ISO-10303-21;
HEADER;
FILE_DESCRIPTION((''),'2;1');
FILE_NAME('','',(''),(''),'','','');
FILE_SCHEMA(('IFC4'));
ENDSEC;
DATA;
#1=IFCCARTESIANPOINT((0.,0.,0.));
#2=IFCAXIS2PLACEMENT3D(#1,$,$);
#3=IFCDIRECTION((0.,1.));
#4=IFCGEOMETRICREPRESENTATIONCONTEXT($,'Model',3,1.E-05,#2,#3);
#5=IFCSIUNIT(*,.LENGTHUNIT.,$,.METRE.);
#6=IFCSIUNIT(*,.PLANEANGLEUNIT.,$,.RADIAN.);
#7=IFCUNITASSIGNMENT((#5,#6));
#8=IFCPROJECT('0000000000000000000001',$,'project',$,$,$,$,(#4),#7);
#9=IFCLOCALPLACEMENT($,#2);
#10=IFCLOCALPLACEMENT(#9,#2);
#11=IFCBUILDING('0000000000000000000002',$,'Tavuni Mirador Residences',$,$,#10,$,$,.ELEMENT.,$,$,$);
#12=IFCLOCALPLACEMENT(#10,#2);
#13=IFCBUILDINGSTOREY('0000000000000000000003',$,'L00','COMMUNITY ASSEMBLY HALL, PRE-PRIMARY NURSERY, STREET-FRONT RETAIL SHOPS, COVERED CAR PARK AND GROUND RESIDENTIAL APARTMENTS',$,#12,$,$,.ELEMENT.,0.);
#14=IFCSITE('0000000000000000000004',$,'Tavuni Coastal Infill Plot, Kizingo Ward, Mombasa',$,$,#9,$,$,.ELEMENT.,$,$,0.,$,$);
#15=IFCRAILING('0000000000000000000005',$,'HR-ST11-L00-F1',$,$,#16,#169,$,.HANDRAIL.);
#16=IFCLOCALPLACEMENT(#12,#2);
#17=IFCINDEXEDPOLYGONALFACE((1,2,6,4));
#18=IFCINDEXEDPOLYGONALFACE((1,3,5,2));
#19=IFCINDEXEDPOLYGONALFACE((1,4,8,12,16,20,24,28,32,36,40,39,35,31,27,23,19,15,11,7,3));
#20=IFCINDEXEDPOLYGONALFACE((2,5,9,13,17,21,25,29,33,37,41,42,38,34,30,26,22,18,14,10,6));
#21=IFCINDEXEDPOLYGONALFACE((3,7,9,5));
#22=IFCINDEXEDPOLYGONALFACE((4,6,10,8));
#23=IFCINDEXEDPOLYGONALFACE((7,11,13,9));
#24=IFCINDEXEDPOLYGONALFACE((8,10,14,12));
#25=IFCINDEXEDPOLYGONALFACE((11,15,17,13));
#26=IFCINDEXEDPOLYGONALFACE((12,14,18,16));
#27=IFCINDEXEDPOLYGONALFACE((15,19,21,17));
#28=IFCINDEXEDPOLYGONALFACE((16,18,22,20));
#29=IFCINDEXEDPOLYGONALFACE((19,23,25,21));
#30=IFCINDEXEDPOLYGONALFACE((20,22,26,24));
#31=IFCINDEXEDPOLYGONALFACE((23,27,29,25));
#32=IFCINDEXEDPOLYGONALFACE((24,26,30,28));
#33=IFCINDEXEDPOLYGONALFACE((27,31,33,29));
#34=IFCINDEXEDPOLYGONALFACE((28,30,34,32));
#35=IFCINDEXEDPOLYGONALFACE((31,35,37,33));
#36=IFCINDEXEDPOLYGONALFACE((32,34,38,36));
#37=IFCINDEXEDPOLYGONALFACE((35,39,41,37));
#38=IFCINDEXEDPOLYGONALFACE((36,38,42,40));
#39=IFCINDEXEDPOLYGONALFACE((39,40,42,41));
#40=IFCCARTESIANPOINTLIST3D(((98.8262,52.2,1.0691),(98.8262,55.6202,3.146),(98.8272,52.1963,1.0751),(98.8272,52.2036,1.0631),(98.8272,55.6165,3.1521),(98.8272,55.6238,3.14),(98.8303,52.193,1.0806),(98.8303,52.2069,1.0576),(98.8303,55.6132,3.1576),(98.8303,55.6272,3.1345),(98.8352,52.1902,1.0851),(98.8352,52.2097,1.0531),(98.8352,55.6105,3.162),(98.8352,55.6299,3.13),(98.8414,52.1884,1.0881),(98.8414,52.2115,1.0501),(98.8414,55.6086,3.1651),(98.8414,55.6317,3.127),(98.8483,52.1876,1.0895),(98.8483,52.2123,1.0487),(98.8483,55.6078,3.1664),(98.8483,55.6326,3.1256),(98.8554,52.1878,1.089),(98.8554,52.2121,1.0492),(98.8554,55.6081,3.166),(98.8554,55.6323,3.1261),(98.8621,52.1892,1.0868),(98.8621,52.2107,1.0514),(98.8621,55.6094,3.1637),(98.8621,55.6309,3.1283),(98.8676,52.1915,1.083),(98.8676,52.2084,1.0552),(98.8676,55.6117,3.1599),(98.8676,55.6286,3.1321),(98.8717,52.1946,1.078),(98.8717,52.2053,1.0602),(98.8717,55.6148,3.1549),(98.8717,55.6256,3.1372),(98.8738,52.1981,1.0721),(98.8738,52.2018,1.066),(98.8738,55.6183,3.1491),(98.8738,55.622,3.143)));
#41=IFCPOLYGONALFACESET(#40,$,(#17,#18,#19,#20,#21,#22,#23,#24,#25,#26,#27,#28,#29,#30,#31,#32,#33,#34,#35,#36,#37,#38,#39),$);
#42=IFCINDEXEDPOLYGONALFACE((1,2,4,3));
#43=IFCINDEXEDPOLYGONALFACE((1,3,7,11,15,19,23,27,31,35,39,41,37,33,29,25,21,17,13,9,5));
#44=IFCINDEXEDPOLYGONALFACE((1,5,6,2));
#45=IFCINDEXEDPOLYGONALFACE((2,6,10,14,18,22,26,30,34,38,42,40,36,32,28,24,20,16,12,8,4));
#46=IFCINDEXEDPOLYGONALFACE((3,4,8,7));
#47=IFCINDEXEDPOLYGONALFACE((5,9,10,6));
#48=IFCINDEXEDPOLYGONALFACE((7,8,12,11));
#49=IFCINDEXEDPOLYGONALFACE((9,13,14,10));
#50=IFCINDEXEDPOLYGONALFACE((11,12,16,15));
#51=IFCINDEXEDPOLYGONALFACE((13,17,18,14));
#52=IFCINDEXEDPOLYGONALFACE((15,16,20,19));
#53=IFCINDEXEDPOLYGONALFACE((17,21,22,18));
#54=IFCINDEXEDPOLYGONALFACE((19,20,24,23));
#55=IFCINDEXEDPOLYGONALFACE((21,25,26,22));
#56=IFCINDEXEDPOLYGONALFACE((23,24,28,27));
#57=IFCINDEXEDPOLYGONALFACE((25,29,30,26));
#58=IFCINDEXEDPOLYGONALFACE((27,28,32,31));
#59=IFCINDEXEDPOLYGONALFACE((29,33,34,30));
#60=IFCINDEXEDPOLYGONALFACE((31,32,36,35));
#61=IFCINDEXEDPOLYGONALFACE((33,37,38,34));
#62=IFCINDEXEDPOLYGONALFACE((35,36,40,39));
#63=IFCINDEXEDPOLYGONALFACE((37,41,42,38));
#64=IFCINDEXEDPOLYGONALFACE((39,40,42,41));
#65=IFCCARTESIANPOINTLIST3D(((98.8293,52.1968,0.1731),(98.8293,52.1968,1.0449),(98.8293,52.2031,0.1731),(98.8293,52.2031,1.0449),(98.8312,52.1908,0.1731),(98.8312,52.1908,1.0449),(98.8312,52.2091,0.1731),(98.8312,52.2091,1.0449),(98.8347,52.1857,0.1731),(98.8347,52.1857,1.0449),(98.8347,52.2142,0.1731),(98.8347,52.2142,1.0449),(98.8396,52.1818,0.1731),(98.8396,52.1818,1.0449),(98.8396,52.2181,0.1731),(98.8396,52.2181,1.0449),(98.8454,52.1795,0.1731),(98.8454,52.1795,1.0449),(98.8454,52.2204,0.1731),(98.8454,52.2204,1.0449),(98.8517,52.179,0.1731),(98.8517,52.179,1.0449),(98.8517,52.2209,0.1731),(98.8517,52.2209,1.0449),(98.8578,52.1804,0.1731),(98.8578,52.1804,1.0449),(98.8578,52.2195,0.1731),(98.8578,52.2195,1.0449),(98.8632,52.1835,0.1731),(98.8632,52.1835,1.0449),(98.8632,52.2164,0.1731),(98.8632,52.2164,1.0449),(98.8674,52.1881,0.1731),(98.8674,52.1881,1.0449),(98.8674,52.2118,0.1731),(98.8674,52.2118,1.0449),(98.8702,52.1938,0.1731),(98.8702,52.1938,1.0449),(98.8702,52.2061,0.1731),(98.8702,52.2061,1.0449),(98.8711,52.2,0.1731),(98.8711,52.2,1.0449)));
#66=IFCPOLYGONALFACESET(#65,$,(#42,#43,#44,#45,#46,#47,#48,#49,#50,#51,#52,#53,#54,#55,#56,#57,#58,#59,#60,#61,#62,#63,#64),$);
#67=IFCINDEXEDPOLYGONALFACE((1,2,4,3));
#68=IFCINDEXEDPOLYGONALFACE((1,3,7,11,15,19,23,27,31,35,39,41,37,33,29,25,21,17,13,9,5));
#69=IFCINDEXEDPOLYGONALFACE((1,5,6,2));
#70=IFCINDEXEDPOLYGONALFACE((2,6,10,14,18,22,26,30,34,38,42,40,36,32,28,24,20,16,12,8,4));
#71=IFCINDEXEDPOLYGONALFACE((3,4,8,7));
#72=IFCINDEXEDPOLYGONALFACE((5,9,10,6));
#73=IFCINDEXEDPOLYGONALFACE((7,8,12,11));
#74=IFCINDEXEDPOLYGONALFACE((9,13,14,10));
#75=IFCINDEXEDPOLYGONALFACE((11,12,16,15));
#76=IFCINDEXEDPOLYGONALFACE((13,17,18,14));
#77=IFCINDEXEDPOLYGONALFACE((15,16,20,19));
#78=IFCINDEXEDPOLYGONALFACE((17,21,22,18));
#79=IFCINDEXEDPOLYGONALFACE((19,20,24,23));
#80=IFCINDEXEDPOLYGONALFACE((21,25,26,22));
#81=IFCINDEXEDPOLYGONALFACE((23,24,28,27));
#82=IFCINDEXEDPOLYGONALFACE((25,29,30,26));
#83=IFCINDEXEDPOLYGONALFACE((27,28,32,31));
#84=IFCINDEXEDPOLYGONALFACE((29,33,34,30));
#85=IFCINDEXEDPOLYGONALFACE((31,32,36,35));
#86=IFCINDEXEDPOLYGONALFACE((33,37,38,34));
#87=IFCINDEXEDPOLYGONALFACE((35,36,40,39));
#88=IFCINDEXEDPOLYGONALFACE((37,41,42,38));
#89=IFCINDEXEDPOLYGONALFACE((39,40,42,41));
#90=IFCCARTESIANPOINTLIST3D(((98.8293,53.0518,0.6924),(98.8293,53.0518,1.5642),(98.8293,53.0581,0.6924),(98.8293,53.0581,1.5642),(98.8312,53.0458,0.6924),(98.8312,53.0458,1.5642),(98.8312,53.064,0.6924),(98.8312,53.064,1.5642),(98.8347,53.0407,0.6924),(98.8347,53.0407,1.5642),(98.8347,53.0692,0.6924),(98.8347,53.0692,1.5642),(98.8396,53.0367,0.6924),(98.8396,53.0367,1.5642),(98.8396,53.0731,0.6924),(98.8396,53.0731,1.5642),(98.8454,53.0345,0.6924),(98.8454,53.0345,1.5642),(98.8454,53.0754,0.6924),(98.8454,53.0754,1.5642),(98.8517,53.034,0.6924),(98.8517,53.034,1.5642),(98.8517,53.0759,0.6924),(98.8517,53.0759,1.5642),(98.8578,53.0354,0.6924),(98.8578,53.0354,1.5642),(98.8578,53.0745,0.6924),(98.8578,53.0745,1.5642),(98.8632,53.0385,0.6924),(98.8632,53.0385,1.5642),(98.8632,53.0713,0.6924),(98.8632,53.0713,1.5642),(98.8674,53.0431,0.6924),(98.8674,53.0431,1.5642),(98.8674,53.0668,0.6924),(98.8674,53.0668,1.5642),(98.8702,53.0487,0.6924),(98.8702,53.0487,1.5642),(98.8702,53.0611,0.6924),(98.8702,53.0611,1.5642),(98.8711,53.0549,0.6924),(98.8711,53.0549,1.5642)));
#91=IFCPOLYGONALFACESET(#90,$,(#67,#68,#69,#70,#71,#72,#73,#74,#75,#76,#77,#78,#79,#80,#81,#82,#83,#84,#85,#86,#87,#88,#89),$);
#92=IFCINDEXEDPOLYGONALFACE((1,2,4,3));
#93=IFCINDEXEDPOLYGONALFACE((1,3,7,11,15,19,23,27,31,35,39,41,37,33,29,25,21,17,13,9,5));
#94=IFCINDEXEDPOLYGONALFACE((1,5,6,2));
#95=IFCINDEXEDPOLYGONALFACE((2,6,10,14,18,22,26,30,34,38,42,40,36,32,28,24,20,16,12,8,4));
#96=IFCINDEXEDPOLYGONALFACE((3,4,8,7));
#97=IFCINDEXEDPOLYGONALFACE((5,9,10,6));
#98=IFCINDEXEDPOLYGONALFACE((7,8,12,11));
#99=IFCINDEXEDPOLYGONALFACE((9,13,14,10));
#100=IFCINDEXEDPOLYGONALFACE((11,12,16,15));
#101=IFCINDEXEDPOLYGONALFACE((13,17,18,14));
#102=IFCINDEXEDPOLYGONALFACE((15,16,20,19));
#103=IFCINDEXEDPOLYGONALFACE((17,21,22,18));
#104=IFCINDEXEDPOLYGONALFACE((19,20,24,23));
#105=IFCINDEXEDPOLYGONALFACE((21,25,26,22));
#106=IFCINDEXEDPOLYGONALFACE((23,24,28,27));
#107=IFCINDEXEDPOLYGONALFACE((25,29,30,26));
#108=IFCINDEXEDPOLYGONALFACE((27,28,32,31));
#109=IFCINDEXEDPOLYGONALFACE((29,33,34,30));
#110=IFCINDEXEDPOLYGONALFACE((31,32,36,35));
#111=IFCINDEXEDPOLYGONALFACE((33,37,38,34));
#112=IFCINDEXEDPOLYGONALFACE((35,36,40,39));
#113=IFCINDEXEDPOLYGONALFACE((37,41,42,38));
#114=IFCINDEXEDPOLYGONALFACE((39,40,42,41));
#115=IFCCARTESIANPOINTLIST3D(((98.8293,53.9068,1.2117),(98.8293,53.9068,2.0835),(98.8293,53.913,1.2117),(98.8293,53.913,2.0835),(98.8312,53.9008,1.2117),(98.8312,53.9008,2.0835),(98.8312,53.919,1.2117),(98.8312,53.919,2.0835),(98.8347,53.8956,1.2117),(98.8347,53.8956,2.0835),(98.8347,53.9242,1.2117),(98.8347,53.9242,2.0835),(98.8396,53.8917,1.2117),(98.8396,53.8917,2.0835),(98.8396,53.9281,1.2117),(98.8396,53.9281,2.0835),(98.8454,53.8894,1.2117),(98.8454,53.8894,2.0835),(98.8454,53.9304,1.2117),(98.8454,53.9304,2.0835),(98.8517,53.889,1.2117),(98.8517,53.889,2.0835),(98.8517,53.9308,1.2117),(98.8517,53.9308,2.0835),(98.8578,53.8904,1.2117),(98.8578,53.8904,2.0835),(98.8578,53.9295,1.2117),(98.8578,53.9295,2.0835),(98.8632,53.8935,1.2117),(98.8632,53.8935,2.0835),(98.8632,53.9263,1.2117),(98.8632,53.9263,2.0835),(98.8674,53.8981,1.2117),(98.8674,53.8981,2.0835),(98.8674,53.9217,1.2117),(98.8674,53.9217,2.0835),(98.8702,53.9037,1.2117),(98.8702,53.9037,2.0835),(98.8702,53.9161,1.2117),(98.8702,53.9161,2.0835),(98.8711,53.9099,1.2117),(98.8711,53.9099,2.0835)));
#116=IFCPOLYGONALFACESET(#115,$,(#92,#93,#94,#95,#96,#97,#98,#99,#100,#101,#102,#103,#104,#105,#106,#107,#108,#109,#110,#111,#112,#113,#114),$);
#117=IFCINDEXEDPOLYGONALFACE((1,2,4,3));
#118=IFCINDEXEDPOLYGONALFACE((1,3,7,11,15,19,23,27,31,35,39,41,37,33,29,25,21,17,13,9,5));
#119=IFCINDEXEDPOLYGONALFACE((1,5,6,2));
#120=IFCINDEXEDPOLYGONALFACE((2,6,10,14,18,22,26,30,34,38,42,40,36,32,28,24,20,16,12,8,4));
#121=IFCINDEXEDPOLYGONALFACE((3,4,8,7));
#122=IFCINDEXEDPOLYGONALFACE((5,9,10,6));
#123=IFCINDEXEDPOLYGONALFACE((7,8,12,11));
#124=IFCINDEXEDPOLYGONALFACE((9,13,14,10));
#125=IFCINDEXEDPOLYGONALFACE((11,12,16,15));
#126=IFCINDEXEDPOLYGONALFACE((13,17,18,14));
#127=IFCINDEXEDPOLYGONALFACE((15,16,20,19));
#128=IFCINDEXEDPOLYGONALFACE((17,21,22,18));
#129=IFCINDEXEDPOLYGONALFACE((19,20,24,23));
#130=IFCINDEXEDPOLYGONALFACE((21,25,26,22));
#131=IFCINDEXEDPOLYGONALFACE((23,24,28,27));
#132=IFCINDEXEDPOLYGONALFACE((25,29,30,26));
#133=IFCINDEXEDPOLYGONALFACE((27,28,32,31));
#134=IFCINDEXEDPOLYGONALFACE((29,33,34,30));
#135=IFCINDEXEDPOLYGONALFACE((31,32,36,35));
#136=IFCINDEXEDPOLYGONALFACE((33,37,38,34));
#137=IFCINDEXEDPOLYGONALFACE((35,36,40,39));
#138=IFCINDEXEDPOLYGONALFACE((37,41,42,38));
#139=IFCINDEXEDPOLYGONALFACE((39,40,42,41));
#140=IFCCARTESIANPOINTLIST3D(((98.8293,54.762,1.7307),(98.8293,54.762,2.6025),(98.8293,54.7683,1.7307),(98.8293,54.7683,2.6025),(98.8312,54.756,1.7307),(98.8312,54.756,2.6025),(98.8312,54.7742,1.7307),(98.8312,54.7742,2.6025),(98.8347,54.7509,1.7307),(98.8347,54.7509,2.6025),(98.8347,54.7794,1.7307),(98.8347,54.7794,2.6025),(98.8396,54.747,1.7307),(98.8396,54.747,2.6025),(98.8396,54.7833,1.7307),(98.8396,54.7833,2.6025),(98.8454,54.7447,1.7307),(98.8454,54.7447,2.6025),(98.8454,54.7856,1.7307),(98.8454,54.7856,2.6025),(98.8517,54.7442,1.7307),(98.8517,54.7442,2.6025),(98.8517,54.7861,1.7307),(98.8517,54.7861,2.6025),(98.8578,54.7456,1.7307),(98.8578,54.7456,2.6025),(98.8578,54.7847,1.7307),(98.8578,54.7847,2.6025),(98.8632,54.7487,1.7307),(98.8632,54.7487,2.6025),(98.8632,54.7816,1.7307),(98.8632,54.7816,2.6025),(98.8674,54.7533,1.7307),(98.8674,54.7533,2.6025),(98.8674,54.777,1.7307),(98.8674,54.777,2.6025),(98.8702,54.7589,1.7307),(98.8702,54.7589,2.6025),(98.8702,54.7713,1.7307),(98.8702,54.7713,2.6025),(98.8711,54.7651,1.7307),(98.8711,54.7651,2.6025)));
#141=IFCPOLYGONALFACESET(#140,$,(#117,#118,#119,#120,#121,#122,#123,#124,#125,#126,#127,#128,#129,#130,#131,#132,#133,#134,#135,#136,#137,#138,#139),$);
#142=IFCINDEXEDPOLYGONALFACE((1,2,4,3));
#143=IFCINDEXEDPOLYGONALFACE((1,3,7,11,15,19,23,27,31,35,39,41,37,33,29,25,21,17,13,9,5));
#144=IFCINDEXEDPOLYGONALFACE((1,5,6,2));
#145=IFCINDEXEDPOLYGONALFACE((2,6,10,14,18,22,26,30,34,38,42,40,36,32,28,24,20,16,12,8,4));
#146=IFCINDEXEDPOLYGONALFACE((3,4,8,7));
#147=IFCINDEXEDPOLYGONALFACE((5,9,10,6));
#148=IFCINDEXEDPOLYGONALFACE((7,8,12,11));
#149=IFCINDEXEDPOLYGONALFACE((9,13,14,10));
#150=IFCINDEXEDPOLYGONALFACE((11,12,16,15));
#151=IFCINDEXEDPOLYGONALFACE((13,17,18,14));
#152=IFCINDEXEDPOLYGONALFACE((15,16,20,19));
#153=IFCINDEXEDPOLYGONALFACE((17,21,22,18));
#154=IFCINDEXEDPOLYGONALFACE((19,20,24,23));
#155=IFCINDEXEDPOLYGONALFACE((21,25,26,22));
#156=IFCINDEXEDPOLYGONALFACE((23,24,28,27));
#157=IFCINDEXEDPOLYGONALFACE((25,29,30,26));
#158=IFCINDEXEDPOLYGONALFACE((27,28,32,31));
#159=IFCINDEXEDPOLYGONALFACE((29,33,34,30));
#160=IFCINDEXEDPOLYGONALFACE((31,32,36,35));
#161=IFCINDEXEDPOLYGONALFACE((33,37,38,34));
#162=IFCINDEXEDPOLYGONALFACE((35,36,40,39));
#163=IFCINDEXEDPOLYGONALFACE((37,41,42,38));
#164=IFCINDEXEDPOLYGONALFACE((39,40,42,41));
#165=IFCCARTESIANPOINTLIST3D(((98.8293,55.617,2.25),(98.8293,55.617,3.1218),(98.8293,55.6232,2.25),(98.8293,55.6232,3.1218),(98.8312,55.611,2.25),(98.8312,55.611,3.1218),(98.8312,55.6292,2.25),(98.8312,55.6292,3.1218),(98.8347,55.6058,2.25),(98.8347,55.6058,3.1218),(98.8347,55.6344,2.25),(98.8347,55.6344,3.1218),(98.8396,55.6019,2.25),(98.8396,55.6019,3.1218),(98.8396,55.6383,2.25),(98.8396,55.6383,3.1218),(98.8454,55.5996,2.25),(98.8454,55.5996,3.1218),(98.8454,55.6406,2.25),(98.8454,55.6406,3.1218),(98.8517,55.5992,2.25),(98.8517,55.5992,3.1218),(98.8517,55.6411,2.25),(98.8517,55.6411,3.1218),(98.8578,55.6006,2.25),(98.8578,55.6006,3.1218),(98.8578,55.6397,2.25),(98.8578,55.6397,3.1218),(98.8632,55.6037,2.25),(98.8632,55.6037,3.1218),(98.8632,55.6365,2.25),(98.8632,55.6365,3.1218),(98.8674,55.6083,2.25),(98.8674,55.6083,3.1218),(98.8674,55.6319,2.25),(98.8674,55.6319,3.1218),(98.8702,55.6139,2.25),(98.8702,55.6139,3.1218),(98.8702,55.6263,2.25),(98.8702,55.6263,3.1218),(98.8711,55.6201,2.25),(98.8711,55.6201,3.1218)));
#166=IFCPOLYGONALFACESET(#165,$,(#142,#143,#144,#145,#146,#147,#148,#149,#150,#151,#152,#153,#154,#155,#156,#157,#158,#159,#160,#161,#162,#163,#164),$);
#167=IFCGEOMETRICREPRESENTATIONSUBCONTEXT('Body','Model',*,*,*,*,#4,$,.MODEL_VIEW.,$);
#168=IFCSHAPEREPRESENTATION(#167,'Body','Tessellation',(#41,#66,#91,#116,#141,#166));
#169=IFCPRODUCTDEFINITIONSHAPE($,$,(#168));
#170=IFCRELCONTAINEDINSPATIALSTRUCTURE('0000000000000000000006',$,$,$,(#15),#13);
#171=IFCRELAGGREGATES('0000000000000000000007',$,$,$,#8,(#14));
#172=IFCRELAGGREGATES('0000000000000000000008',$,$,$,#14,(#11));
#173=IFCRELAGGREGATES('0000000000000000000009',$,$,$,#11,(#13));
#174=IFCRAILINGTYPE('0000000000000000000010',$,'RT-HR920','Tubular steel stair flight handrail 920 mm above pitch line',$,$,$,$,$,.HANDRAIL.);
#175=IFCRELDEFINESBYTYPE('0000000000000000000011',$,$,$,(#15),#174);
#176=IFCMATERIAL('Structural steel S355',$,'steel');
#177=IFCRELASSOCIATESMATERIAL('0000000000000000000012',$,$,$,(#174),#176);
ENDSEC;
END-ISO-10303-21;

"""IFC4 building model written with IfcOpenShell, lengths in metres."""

from ifc_helpers import new_model, si_unit, direction, frame, origin, origin_2d, place, context, subcontext, project, spatial, circle, extrude, material, type_object, element, save


model = new_model("IFC4")

# Units and contexts
model_context = context("Model", 3, precision=1e-05, world=origin(), true_north=direction((0.0, 1.0)))
body_context = subcontext(model_context, "Body", "Model", "MODEL_VIEW")
ifc_project = project(units=[si_unit("LENGTHUNIT", "METRE"), si_unit("PLANEANGLEUNIT", "RADIAN")], contexts=[model_context])

# Site, building, storey
site_placement = place(None, origin())
site = spatial("IfcSite", under=ifc_project, at=site_placement, Name="Tavuni Coastal Infill Plot, Kizingo Ward, Mombasa", CompositionType="ELEMENT", RefElevation=0.0)
building_placement = place(site_placement, origin())
building = spatial("IfcBuilding", under=site, at=building_placement, Name="Tavuni Mirador Residences", CompositionType="ELEMENT")
storey_placement = place(building_placement, origin())
storey = spatial("IfcBuildingStorey", under=building, at=storey_placement, Name="L00", Description="COMMUNITY ASSEMBLY HALL, PRE-PRIMARY NURSERY, STREET-FRONT RETAIL SHOPS, COVERED CAR PARK AND GROUND RESIDENTIAL APARTMENTS", CompositionType="ELEMENT", Elevation=0.0)

# Shared definitions
ifc_material_1 = material(Name="Structural steel S355", Category="steel")

# Railing
railing_type = type_object("IfcRailingType", Name="RT-HR920", Description="Tubular steel stair flight handrail 920 mm above pitch line", PredefinedType="HANDRAIL", material=ifc_material_1)
railing_placement = place(storey_placement, frame((98.8501, 52.2, 0.1731)))
element("IfcRailing", 1, at=railing_placement, inside=storey, type_object=railing_type, Name="HR-ST11-L00-F1", PredefinedType="HANDRAIL", context=body_context, shape_type="SweptSolid", body=[
    extrude(circle(Radius=0.0239, at=origin_2d()), frame((0.0, 0.0, 0.896), z_axis=(0.0, 0.854746, 0.519047), x_axis=(-1.0, 0.0, 0.0)), (0.0, 0.0, 1.0), 4.0015),
    extrude(circle(Radius=0.021, at=origin_2d()), origin(), (0.0, 0.0, 1.0), 0.8718),
    extrude(circle(Radius=0.021, at=origin_2d()), frame((0.0, 0.855, 0.5193)), (0.0, 0.0, 1.0), 0.8718),
    extrude(circle(Radius=0.021, at=origin_2d()), frame((0.0, 1.71, 1.0386)), (0.0, 0.0, 1.0), 0.8718),
    extrude(circle(Radius=0.021, at=origin_2d()), frame((0.0, 2.5652, 1.5576)), (0.0, 0.0, 1.0), 0.8718),
    extrude(circle(Radius=0.021, at=origin_2d()), frame((0.0, 3.4202, 2.0769)), (0.0, 0.0, 1.0), 0.8718),
])

save(model, "model.ifc")
